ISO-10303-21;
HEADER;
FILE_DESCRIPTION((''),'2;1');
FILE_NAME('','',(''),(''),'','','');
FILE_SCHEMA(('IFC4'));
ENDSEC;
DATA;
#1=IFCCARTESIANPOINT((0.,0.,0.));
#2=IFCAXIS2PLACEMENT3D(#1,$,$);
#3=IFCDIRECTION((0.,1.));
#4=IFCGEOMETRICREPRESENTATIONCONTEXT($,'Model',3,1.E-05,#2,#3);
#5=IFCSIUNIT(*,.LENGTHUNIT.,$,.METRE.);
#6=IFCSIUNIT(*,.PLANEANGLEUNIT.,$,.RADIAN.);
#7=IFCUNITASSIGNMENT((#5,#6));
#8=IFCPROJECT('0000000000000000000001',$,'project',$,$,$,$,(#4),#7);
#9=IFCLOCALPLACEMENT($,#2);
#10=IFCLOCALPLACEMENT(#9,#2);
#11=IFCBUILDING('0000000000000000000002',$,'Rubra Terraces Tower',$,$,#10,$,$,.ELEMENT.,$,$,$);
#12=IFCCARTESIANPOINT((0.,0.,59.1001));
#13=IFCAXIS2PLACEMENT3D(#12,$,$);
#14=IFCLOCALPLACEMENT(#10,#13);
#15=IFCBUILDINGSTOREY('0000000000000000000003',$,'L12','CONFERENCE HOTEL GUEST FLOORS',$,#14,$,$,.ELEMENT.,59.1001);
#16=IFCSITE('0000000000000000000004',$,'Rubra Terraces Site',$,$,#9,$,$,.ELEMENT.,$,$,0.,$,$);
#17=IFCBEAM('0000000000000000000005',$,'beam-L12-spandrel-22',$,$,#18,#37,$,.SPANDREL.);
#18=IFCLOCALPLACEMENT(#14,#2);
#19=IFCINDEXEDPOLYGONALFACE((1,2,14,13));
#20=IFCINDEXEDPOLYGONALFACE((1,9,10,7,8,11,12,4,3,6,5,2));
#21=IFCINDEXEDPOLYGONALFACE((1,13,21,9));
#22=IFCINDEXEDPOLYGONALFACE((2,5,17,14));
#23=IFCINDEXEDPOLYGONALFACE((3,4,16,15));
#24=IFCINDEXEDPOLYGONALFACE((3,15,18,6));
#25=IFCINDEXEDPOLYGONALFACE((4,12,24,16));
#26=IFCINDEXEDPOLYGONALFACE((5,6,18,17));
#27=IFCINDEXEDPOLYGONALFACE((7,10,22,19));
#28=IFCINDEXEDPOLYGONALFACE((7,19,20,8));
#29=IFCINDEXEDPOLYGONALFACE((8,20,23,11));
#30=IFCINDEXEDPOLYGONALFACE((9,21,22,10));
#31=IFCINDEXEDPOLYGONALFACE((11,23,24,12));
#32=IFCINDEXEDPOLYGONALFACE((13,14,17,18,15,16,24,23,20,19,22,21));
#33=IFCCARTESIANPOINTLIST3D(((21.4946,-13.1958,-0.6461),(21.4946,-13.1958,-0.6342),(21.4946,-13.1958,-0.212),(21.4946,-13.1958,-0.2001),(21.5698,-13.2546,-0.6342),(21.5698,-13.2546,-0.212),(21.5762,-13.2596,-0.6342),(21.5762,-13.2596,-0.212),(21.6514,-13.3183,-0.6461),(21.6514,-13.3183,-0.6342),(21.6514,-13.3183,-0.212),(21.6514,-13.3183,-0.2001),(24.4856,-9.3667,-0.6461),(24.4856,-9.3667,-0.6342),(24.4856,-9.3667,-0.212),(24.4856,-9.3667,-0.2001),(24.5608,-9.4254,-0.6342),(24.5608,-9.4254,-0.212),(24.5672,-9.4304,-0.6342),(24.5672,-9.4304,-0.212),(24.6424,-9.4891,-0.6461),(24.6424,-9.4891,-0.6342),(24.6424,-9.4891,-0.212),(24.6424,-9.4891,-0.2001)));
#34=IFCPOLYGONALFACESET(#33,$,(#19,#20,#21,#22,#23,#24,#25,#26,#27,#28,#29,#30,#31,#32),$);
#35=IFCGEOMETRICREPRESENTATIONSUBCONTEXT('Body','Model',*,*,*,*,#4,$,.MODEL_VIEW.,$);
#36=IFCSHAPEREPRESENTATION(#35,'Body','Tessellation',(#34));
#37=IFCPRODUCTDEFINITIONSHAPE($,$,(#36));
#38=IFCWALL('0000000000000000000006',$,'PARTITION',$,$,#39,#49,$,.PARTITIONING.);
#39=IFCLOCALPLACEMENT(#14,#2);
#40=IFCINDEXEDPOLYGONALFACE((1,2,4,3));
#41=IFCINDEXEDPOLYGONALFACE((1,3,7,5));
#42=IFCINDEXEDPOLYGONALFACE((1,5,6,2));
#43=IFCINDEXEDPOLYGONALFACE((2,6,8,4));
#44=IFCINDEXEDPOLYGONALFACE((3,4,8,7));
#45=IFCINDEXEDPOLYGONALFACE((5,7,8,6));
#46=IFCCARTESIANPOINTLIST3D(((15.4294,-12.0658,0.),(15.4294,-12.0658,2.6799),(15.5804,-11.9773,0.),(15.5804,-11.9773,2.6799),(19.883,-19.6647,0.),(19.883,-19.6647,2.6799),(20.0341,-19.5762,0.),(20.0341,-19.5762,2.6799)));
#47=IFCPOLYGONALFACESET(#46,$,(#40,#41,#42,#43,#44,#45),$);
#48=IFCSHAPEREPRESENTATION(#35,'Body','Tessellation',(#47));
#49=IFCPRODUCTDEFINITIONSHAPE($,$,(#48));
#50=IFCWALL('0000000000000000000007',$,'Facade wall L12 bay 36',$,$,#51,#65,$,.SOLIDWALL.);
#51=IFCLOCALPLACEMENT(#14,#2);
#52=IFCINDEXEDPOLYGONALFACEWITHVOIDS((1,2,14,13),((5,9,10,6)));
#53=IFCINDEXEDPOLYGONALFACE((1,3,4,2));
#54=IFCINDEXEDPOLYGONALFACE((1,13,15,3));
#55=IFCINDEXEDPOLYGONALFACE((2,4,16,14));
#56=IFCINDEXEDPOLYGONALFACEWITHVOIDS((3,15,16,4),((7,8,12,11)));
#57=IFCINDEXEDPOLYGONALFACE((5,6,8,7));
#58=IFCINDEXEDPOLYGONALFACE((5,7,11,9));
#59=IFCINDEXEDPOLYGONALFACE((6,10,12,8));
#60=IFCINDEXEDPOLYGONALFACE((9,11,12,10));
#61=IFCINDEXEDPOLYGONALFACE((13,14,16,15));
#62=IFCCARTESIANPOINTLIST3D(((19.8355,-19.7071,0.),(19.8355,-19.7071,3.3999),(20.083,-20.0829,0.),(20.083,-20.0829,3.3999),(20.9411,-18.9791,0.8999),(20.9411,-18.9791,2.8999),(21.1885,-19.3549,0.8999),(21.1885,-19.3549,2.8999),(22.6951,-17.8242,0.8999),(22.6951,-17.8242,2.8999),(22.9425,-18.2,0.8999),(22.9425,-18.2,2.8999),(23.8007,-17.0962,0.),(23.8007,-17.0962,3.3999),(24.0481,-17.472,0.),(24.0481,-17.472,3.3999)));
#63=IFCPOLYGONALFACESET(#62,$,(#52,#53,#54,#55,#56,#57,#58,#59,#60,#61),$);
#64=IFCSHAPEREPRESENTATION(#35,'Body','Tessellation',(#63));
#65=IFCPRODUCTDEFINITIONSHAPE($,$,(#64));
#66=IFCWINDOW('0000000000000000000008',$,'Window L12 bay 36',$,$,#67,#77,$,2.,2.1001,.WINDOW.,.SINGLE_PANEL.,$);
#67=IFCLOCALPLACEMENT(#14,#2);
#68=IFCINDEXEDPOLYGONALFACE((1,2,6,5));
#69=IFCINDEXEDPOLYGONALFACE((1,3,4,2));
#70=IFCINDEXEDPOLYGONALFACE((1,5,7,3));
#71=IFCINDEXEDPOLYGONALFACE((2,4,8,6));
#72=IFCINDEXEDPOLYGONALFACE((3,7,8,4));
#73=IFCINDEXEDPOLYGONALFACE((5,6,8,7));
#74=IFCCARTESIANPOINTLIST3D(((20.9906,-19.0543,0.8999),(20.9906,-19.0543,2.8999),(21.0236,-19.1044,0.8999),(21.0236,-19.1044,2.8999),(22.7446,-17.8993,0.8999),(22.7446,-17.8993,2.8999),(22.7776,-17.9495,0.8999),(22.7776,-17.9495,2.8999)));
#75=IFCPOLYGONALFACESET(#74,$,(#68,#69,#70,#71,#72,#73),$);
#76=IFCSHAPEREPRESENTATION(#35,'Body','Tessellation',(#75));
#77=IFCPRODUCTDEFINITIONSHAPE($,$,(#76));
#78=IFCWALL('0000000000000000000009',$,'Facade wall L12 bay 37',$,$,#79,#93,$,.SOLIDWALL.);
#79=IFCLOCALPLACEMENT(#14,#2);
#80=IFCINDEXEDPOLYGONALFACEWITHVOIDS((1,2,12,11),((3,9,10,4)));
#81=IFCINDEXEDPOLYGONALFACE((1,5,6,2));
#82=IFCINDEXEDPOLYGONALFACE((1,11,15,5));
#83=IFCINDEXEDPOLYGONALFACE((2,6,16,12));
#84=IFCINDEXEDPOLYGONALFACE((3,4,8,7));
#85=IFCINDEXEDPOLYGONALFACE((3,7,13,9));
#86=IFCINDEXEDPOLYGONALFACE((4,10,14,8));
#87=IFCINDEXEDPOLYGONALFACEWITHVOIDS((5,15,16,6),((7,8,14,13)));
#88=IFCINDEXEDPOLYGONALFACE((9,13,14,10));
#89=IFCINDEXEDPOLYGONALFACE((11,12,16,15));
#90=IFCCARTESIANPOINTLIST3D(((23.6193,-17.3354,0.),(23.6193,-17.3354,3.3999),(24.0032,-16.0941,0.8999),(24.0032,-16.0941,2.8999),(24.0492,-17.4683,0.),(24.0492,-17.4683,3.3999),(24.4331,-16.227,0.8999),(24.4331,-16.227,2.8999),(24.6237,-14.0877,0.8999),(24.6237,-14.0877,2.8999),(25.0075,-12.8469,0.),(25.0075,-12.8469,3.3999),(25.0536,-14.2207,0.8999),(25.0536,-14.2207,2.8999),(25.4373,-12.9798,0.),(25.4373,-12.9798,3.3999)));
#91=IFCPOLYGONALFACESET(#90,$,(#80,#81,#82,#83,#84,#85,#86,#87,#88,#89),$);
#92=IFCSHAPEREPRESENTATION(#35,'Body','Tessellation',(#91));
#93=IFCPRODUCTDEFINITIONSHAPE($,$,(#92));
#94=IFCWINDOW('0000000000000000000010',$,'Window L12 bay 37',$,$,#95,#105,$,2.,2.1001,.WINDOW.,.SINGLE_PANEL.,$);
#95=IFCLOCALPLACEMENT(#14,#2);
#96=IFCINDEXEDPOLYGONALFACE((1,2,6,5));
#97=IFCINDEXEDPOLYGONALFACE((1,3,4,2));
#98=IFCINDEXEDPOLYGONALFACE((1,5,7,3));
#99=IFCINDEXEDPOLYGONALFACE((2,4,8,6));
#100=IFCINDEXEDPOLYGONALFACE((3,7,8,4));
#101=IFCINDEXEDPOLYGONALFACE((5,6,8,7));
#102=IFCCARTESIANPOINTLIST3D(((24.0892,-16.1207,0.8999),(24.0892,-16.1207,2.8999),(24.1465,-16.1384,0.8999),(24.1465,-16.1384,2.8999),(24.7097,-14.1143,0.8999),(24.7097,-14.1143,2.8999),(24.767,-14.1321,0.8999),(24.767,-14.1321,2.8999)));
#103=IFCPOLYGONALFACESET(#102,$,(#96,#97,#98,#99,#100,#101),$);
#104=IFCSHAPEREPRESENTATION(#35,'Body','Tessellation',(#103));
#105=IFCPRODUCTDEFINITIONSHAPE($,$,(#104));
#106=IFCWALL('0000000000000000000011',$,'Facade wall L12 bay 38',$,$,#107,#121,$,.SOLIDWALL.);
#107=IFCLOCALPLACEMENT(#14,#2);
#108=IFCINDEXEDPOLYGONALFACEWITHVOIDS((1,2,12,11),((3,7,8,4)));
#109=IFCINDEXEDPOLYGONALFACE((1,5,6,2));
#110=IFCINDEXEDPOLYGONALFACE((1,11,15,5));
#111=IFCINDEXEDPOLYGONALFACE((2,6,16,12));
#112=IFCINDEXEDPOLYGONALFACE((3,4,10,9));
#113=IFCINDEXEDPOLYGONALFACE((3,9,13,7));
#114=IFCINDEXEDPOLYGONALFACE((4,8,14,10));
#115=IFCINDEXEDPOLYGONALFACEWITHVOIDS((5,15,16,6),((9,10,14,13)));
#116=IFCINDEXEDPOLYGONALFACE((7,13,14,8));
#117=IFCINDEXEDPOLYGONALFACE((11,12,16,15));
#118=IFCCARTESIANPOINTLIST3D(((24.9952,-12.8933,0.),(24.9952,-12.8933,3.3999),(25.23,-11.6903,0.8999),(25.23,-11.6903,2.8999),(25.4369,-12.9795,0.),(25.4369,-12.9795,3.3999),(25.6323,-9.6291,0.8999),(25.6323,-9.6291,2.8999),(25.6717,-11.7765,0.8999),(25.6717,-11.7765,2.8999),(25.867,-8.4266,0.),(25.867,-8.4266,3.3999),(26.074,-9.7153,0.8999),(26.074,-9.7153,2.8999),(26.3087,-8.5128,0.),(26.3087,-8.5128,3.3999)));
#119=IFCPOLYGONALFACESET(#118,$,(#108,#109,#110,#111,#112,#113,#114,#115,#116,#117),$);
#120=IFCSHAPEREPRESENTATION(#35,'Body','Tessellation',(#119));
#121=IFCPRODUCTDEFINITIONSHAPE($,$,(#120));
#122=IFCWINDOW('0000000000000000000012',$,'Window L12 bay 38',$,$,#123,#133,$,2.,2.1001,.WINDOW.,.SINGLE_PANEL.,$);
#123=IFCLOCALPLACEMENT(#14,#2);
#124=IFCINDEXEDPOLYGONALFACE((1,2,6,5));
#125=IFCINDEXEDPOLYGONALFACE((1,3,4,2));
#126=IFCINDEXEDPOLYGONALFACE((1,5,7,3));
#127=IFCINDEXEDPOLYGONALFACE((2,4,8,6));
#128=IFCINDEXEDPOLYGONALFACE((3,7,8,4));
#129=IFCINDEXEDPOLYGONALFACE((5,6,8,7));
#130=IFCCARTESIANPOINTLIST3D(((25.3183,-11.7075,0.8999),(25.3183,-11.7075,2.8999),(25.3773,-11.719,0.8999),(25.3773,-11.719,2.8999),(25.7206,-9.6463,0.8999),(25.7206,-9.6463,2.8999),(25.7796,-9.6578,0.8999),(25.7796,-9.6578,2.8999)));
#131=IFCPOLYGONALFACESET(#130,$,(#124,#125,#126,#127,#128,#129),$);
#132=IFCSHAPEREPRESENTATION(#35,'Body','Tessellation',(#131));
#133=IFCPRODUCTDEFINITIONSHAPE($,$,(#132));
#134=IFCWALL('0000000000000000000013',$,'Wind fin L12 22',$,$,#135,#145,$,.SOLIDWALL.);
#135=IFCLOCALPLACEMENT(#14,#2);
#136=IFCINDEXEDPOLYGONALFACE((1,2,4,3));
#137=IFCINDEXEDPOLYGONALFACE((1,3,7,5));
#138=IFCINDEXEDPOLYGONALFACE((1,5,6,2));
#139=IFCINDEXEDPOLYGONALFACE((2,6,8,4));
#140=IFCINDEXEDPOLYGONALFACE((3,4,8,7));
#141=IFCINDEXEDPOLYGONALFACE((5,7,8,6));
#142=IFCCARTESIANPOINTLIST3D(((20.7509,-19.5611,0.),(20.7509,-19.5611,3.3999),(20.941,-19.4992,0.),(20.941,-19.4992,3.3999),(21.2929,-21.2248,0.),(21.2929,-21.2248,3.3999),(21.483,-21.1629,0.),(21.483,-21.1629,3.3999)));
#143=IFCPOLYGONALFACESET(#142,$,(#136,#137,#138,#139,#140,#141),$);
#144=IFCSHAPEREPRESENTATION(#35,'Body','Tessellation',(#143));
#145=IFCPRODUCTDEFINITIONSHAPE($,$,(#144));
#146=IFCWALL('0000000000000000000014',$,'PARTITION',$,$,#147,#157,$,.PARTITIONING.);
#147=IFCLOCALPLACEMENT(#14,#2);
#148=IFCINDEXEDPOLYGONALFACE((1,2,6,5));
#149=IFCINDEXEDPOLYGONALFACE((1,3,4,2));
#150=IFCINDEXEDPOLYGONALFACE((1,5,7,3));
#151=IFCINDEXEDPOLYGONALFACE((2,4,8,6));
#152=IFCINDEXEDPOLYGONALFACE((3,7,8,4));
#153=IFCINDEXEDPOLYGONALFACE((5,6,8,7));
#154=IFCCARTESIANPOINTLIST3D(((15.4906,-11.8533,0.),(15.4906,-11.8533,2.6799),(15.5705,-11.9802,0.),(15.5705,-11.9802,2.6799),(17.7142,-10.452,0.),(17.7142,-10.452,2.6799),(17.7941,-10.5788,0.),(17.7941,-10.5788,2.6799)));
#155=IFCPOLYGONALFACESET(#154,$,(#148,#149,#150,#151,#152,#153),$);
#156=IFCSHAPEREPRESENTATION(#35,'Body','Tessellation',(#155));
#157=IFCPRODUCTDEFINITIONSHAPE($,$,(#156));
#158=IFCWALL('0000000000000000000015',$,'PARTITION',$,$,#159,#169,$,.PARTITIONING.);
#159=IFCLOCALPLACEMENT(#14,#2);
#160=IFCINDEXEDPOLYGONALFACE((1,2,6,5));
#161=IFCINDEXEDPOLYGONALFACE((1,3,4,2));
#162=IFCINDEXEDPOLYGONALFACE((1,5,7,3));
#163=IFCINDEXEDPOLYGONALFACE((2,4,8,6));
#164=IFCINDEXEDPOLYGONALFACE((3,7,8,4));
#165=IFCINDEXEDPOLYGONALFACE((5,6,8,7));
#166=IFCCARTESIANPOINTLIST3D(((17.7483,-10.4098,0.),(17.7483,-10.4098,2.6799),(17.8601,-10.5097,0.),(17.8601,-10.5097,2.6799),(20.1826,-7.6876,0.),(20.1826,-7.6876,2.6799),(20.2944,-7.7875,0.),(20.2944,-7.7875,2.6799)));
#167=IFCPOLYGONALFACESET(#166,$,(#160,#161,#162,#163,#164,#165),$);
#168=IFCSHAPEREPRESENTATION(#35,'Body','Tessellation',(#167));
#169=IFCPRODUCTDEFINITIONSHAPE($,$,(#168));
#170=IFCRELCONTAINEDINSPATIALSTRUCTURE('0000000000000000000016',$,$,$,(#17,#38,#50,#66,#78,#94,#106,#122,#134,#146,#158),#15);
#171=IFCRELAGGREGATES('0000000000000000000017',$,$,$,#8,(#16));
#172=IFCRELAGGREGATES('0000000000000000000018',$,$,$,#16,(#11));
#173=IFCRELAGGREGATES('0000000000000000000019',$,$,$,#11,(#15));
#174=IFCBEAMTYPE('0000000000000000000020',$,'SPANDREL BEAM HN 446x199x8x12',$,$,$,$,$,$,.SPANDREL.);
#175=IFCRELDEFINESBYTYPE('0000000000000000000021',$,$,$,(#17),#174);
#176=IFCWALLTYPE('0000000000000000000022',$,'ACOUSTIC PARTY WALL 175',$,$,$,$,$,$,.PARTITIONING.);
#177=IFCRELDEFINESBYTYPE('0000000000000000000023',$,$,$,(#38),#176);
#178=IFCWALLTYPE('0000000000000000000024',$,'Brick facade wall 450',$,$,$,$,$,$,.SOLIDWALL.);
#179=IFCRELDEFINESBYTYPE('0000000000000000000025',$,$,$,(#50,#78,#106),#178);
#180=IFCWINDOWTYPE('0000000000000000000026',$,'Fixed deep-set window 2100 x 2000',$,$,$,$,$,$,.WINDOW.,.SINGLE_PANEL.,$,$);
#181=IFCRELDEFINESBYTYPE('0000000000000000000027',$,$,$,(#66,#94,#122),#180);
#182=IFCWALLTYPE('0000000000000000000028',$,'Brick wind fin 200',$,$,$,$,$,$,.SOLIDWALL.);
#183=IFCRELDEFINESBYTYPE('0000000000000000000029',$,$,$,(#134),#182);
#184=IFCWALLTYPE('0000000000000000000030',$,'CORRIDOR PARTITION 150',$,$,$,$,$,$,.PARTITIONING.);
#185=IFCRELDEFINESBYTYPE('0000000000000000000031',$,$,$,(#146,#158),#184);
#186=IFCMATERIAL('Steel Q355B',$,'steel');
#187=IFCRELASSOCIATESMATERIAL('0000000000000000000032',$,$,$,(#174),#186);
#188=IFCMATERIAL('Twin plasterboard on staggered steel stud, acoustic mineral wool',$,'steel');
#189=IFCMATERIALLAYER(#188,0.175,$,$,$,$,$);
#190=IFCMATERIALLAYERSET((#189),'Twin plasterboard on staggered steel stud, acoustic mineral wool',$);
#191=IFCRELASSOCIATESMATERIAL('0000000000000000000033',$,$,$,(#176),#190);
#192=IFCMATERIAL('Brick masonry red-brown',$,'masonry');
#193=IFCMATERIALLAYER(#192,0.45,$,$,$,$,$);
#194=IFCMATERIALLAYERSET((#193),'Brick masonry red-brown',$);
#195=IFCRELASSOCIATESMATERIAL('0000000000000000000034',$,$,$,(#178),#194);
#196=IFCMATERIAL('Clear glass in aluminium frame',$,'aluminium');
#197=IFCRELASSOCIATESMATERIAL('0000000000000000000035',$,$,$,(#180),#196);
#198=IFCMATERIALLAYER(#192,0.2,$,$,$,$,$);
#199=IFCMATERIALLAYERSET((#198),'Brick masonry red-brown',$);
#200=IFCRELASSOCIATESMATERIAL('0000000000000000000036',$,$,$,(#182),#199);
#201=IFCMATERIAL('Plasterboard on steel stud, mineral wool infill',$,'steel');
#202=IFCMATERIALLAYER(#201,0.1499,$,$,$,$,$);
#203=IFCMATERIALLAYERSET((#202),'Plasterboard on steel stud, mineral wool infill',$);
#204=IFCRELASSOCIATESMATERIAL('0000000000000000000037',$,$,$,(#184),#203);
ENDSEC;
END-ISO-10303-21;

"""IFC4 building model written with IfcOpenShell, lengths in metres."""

from ifc_helpers import new_model, si_unit, direction, frame, frame_2d, origin, origin_2d, place, context, subcontext, project, spatial, rectangle, i_section, extrude, material, layer, layer_set, material_profile, profile_set, type_object, element, fill, save


model = new_model("IFC4")

# Units and contexts
model_context = context("Model", 3, precision=1e-05, world=origin(), true_north=direction((0.0, 1.0)))
body_context = subcontext(model_context, "Body", "Model", "MODEL_VIEW")
ifc_project = project(units=[si_unit("LENGTHUNIT", "METRE"), si_unit("PLANEANGLEUNIT", "RADIAN")], contexts=[model_context])

# Site, building, storey
site_placement = place(None, origin())
site = spatial("IfcSite", under=ifc_project, at=site_placement, Name="Rubra Terraces Site", CompositionType="ELEMENT", RefElevation=0.0)
building_placement = place(site_placement, origin())
building = spatial("IfcBuilding", under=site, at=building_placement, Name="Rubra Terraces Tower", CompositionType="ELEMENT")
storey_placement = place(building_placement, frame((0.0, 0.0, 59.1001)))
storey = spatial("IfcBuildingStorey", under=building, at=storey_placement, Name="L12", Description="CONFERENCE HOTEL GUEST FLOORS", CompositionType="ELEMENT", Elevation=59.1001)

# Beam
ifc_material_1 = material(Name="Steel Q355B", Category="steel")
ifc_material_profile_1 = material_profile(ifc_material_1, i_section(OverallWidth=0.199, OverallDepth=0.446, WebThickness=0.0081, FlangeThickness=0.012, at=origin_2d()), Name="HN 446x199x8x12")
ifc_profile_set_1 = profile_set([ifc_material_profile_1], Name="Steel Q355B")
beam_type_1 = type_object("IfcBeamType", Name="SPANDREL BEAM HN 446x199x8x12", PredefinedType="SPANDREL", material=ifc_profile_set_1)
beam_1_placement = place(storey_placement, frame((21.573, -13.2571, -0.4231), z_axis=(0.615578, 0.788076, 0.0), x_axis=(-0.788076, 0.615578, 0.0)))
element("IfcBeam", 1, at=beam_1_placement, inside=storey, type_object=beam_type_1, Name="beam-L12-spandrel-22", PredefinedType="SPANDREL", context=body_context, shape_type="SweptSolid", body=[
    extrude(i_section(OverallWidth=0.199, OverallDepth=0.446, WebThickness=0.0081, FlangeThickness=0.012, at=origin_2d()), origin(), (0.0, 0.0, 1.0), 4.8589),
])

# Wall
ifc_material_2 = material(Name="Twin plasterboard on staggered steel stud, acoustic mineral wool", Category="steel")
ifc_layer_1 = layer(ifc_material_2, 0.175)
ifc_layer_set_1 = layer_set([ifc_layer_1], Name="Twin plasterboard on staggered steel stud, acoustic mineral wool")
wall_type_1 = type_object("IfcWallType", Name="ACOUSTIC PARTY WALL 175", PredefinedType="PARTITIONING", material=ifc_layer_set_1)
wall_1_placement = place(storey_placement, frame((19.9585, -19.6204, 0.0), z_axis=(0.0, 0.0, 1.0), x_axis=(-0.505643, 0.862743, 0.0)))
element("IfcWall", 2, at=wall_1_placement, inside=storey, type_object=wall_type_1, Name="PARTITION", PredefinedType="PARTITIONING", context=body_context, shape_type="SweptSolid", body=[
    extrude(rectangle(XDim=8.8079, YDim=0.175, at=frame_2d((4.4038, 0.0))), origin(), (0.0, 0.0, 1.0), 2.6799),
])

# Walls, openings, windows
ifc_material_3 = material(Name="Brick masonry red-brown", Category="masonry")
ifc_layer_2 = layer(ifc_material_3, 0.45)
ifc_layer_set_2 = layer_set([ifc_layer_2], Name="Brick masonry red-brown")
wall_type_2 = type_object("IfcWallType", Name="Brick facade wall 450", PredefinedType="SOLIDWALL", material=ifc_layer_set_2)
wall_2_placement = place(storey_placement, frame((19.9592, -19.895, 0.0), z_axis=(0.0, 0.0, 1.0), x_axis=(0.835201, 0.549944, 0.0)))
wall_2 = element("IfcWall", 3, at=wall_2_placement, inside=storey, type_object=wall_type_2, Name="Facade wall L12 bay 36", PredefinedType="SOLIDWALL", context=body_context, shape_type="SweptSolid", body=[
    extrude(rectangle(XDim=4.7476, YDim=0.45, at=frame_2d((2.3738, 0.0))), origin(), (0.0, 0.0, 1.0), 3.3999),
])
opening_1_placement = place(wall_2_placement, frame((1.3237, 0.0, 0.8999)))
opening_1 = element("IfcOpeningElement", 4, at=opening_1_placement, cuts=wall_2, PredefinedType="OPENING", context=body_context, shape_type="SweptSolid", body=[
    extrude(rectangle(XDim=2.1001, YDim=2.0, at=frame_2d((1.05, 1.0))), frame((0.0, 0.2349, 0.0), z_axis=(0.0, -1.0, 0.0), x_axis=(1.0, 0.0, 0.0)), (0.0, 0.0, 1.0), 0.47),
])
ifc_material_4 = material(Name="Clear glass in aluminium frame", Category="aluminium")
window_type = type_object("IfcWindowType", Name="Fixed deep-set window 2100 x 2000", PartitioningType="SINGLE_PANEL", PredefinedType="WINDOW", material=ifc_material_4)
window_1_placement = place(opening_1_placement, origin())
window_1 = element("IfcWindow", 5, at=window_1_placement, inside=storey, type_object=window_type, Name="Window L12 bay 36", OverallHeight=2.0, OverallWidth=2.1001, PartitioningType="SINGLE_PANEL", PredefinedType="WINDOW", context=body_context, shape_type="SweptSolid", body=[
    extrude(rectangle(XDim=2.1001, YDim=2.0, at=frame_2d((1.05, 1.0))), frame((0.0, 0.135, 0.0), z_axis=(0.0, -1.0, 0.0), x_axis=(1.0, 0.0, 0.0)), (0.0, 0.0, 1.0), 0.0601),
])
fill(opening_1, window_1)
wall_3_placement = place(storey_placement, frame((23.8342, -17.4019, 0.0), z_axis=(0.0, 0.0, 1.0), x_axis=(0.295466, 0.955353, 0.0)))
wall_3 = element("IfcWall", 6, at=wall_3_placement, inside=storey, type_object=wall_type_2, Name="Facade wall L12 bay 37", PredefinedType="SOLIDWALL", context=body_context, shape_type="SweptSolid", body=[
    extrude(rectangle(XDim=4.6982, YDim=0.45, at=frame_2d((2.3491, 0.0))), origin(), (0.0, 0.0, 1.0), 3.3999),
])
opening_2_placement = place(wall_3_placement, frame((1.2993, 0.0, 0.8999)))
opening_2 = element("IfcOpeningElement", 7, at=opening_2_placement, cuts=wall_3, PredefinedType="OPENING", context=body_context, shape_type="SweptSolid", body=[
    extrude(rectangle(XDim=2.1001, YDim=2.0, at=frame_2d((1.05, 1.0))), frame((0.0, 0.2349, 0.0), z_axis=(0.0, -1.0, 0.0), x_axis=(1.0, 0.0, 0.0)), (0.0, 0.0, 1.0), 0.47),
])
window_2_placement = place(opening_2_placement, origin())
window_2 = element("IfcWindow", 8, at=window_2_placement, inside=storey, type_object=window_type, Name="Window L12 bay 37", OverallHeight=2.0, OverallWidth=2.1001, PartitioningType="SINGLE_PANEL", PredefinedType="WINDOW", context=body_context, shape_type="SweptSolid", body=[
    extrude(rectangle(XDim=2.1001, YDim=2.0, at=frame_2d((1.05, 1.0))), frame((0.0, 0.135, 0.0), z_axis=(0.0, -1.0, 0.0), x_axis=(1.0, 0.0, 0.0)), (0.0, 0.0, 1.0), 0.0601),
])
fill(opening_2, window_2)
wall_4_placement = place(storey_placement, frame((25.2161, -12.9363, 0.0), z_axis=(0.0, 0.0, 1.0), x_axis=(0.191565, 0.98148, 0.0)))
wall_4 = element("IfcWall", 9, at=wall_4_placement, inside=storey, type_object=wall_type_2, Name="Facade wall L12 bay 38", PredefinedType="SOLIDWALL", context=body_context, shape_type="SweptSolid", body=[
    extrude(rectangle(XDim=4.551, YDim=0.45, at=frame_2d((2.2754, 0.0))), origin(), (0.0, 0.0, 1.0), 3.3999),
])
opening_3_placement = place(wall_4_placement, frame((1.2256, 0.0, 0.8999)))
opening_3 = element("IfcOpeningElement", 10, at=opening_3_placement, cuts=wall_4, PredefinedType="OPENING", context=body_context, shape_type="SweptSolid", body=[
    extrude(rectangle(XDim=2.1001, YDim=2.0, at=frame_2d((1.05, 1.0))), frame((0.0, 0.2349, 0.0), z_axis=(0.0, -1.0, 0.0), x_axis=(1.0, 0.0, 0.0)), (0.0, 0.0, 1.0), 0.47),
])
window_3_placement = place(opening_3_placement, origin())
window_3 = element("IfcWindow", 11, at=window_3_placement, inside=storey, type_object=window_type, Name="Window L12 bay 38", OverallHeight=2.0, OverallWidth=2.1001, PartitioningType="SINGLE_PANEL", PredefinedType="WINDOW", context=body_context, shape_type="SweptSolid", body=[
    extrude(rectangle(XDim=2.1001, YDim=2.0, at=frame_2d((1.05, 1.0))), frame((0.0, 0.135, 0.0), z_axis=(0.0, -1.0, 0.0), x_axis=(1.0, 0.0, 0.0)), (0.0, 0.0, 1.0), 0.0601),
])
fill(opening_3, window_3)

# Walls
ifc_layer_3 = layer(ifc_material_3, 0.2)
ifc_layer_set_3 = layer_set([ifc_layer_3], Name="Brick masonry red-brown")
wall_type_3 = type_object("IfcWallType", Name="Brick wind fin 200", PredefinedType="SOLIDWALL", material=ifc_layer_set_3)
wall_5_placement = place(storey_placement, frame((20.8459, -19.53, 0.0), z_axis=(0.0, 0.0, 1.0), x_axis=(0.309733, -0.950824, 0.0)))
element("IfcWall", 12, at=wall_5_placement, inside=storey, type_object=wall_type_3, Name="Wind fin L12 22", PredefinedType="SOLIDWALL", context=body_context, shape_type="SweptSolid", body=[
    extrude(rectangle(XDim=1.7498, YDim=0.2, at=frame_2d((0.875, 0.0))), origin(), (0.0, 0.0, 1.0), 3.3999),
])
ifc_material_5 = material(Name="Plasterboard on steel stud, mineral wool infill", Category="steel")
ifc_layer_4 = layer(ifc_material_5, 0.1499)
ifc_layer_set_4 = layer_set([ifc_layer_4], Name="Plasterboard on steel stud, mineral wool infill")
wall_type_4 = type_object("IfcWallType", Name="CORRIDOR PARTITION 150", PredefinedType="PARTITIONING", material=ifc_layer_set_4)
wall_6_placement = place(storey_placement, frame((15.5305, -11.9167, 0.0), z_axis=(0.0, 0.0, 1.0), x_axis=(0.846009, 0.533168, 0.0)))
element("IfcWall", 13, at=wall_6_placement, inside=storey, type_object=wall_type_4, Name="PARTITION", PredefinedType="PARTITIONING", context=body_context, shape_type="SweptSolid", body=[
    extrude(rectangle(XDim=2.6284, YDim=0.1499, at=frame_2d((1.3142, 0.0))), origin(), (0.0, 0.0, 1.0), 2.6799),
])
wall_7_placement = place(storey_placement, frame((17.8042, -10.4597, 0.0), z_axis=(0.0, 0.0, 1.0), x_axis=(0.666597, 0.745418, 0.0)))
element("IfcWall", 14, at=wall_7_placement, inside=storey, type_object=wall_type_4, Name="PARTITION", PredefinedType="PARTITIONING", context=body_context, shape_type="SweptSolid", body=[
    extrude(rectangle(XDim=3.6519, YDim=0.1499, at=frame_2d((1.8259, 0.0))), origin(), (0.0, 0.0, 1.0), 2.6799),
])

save(model, "model.ifc")
